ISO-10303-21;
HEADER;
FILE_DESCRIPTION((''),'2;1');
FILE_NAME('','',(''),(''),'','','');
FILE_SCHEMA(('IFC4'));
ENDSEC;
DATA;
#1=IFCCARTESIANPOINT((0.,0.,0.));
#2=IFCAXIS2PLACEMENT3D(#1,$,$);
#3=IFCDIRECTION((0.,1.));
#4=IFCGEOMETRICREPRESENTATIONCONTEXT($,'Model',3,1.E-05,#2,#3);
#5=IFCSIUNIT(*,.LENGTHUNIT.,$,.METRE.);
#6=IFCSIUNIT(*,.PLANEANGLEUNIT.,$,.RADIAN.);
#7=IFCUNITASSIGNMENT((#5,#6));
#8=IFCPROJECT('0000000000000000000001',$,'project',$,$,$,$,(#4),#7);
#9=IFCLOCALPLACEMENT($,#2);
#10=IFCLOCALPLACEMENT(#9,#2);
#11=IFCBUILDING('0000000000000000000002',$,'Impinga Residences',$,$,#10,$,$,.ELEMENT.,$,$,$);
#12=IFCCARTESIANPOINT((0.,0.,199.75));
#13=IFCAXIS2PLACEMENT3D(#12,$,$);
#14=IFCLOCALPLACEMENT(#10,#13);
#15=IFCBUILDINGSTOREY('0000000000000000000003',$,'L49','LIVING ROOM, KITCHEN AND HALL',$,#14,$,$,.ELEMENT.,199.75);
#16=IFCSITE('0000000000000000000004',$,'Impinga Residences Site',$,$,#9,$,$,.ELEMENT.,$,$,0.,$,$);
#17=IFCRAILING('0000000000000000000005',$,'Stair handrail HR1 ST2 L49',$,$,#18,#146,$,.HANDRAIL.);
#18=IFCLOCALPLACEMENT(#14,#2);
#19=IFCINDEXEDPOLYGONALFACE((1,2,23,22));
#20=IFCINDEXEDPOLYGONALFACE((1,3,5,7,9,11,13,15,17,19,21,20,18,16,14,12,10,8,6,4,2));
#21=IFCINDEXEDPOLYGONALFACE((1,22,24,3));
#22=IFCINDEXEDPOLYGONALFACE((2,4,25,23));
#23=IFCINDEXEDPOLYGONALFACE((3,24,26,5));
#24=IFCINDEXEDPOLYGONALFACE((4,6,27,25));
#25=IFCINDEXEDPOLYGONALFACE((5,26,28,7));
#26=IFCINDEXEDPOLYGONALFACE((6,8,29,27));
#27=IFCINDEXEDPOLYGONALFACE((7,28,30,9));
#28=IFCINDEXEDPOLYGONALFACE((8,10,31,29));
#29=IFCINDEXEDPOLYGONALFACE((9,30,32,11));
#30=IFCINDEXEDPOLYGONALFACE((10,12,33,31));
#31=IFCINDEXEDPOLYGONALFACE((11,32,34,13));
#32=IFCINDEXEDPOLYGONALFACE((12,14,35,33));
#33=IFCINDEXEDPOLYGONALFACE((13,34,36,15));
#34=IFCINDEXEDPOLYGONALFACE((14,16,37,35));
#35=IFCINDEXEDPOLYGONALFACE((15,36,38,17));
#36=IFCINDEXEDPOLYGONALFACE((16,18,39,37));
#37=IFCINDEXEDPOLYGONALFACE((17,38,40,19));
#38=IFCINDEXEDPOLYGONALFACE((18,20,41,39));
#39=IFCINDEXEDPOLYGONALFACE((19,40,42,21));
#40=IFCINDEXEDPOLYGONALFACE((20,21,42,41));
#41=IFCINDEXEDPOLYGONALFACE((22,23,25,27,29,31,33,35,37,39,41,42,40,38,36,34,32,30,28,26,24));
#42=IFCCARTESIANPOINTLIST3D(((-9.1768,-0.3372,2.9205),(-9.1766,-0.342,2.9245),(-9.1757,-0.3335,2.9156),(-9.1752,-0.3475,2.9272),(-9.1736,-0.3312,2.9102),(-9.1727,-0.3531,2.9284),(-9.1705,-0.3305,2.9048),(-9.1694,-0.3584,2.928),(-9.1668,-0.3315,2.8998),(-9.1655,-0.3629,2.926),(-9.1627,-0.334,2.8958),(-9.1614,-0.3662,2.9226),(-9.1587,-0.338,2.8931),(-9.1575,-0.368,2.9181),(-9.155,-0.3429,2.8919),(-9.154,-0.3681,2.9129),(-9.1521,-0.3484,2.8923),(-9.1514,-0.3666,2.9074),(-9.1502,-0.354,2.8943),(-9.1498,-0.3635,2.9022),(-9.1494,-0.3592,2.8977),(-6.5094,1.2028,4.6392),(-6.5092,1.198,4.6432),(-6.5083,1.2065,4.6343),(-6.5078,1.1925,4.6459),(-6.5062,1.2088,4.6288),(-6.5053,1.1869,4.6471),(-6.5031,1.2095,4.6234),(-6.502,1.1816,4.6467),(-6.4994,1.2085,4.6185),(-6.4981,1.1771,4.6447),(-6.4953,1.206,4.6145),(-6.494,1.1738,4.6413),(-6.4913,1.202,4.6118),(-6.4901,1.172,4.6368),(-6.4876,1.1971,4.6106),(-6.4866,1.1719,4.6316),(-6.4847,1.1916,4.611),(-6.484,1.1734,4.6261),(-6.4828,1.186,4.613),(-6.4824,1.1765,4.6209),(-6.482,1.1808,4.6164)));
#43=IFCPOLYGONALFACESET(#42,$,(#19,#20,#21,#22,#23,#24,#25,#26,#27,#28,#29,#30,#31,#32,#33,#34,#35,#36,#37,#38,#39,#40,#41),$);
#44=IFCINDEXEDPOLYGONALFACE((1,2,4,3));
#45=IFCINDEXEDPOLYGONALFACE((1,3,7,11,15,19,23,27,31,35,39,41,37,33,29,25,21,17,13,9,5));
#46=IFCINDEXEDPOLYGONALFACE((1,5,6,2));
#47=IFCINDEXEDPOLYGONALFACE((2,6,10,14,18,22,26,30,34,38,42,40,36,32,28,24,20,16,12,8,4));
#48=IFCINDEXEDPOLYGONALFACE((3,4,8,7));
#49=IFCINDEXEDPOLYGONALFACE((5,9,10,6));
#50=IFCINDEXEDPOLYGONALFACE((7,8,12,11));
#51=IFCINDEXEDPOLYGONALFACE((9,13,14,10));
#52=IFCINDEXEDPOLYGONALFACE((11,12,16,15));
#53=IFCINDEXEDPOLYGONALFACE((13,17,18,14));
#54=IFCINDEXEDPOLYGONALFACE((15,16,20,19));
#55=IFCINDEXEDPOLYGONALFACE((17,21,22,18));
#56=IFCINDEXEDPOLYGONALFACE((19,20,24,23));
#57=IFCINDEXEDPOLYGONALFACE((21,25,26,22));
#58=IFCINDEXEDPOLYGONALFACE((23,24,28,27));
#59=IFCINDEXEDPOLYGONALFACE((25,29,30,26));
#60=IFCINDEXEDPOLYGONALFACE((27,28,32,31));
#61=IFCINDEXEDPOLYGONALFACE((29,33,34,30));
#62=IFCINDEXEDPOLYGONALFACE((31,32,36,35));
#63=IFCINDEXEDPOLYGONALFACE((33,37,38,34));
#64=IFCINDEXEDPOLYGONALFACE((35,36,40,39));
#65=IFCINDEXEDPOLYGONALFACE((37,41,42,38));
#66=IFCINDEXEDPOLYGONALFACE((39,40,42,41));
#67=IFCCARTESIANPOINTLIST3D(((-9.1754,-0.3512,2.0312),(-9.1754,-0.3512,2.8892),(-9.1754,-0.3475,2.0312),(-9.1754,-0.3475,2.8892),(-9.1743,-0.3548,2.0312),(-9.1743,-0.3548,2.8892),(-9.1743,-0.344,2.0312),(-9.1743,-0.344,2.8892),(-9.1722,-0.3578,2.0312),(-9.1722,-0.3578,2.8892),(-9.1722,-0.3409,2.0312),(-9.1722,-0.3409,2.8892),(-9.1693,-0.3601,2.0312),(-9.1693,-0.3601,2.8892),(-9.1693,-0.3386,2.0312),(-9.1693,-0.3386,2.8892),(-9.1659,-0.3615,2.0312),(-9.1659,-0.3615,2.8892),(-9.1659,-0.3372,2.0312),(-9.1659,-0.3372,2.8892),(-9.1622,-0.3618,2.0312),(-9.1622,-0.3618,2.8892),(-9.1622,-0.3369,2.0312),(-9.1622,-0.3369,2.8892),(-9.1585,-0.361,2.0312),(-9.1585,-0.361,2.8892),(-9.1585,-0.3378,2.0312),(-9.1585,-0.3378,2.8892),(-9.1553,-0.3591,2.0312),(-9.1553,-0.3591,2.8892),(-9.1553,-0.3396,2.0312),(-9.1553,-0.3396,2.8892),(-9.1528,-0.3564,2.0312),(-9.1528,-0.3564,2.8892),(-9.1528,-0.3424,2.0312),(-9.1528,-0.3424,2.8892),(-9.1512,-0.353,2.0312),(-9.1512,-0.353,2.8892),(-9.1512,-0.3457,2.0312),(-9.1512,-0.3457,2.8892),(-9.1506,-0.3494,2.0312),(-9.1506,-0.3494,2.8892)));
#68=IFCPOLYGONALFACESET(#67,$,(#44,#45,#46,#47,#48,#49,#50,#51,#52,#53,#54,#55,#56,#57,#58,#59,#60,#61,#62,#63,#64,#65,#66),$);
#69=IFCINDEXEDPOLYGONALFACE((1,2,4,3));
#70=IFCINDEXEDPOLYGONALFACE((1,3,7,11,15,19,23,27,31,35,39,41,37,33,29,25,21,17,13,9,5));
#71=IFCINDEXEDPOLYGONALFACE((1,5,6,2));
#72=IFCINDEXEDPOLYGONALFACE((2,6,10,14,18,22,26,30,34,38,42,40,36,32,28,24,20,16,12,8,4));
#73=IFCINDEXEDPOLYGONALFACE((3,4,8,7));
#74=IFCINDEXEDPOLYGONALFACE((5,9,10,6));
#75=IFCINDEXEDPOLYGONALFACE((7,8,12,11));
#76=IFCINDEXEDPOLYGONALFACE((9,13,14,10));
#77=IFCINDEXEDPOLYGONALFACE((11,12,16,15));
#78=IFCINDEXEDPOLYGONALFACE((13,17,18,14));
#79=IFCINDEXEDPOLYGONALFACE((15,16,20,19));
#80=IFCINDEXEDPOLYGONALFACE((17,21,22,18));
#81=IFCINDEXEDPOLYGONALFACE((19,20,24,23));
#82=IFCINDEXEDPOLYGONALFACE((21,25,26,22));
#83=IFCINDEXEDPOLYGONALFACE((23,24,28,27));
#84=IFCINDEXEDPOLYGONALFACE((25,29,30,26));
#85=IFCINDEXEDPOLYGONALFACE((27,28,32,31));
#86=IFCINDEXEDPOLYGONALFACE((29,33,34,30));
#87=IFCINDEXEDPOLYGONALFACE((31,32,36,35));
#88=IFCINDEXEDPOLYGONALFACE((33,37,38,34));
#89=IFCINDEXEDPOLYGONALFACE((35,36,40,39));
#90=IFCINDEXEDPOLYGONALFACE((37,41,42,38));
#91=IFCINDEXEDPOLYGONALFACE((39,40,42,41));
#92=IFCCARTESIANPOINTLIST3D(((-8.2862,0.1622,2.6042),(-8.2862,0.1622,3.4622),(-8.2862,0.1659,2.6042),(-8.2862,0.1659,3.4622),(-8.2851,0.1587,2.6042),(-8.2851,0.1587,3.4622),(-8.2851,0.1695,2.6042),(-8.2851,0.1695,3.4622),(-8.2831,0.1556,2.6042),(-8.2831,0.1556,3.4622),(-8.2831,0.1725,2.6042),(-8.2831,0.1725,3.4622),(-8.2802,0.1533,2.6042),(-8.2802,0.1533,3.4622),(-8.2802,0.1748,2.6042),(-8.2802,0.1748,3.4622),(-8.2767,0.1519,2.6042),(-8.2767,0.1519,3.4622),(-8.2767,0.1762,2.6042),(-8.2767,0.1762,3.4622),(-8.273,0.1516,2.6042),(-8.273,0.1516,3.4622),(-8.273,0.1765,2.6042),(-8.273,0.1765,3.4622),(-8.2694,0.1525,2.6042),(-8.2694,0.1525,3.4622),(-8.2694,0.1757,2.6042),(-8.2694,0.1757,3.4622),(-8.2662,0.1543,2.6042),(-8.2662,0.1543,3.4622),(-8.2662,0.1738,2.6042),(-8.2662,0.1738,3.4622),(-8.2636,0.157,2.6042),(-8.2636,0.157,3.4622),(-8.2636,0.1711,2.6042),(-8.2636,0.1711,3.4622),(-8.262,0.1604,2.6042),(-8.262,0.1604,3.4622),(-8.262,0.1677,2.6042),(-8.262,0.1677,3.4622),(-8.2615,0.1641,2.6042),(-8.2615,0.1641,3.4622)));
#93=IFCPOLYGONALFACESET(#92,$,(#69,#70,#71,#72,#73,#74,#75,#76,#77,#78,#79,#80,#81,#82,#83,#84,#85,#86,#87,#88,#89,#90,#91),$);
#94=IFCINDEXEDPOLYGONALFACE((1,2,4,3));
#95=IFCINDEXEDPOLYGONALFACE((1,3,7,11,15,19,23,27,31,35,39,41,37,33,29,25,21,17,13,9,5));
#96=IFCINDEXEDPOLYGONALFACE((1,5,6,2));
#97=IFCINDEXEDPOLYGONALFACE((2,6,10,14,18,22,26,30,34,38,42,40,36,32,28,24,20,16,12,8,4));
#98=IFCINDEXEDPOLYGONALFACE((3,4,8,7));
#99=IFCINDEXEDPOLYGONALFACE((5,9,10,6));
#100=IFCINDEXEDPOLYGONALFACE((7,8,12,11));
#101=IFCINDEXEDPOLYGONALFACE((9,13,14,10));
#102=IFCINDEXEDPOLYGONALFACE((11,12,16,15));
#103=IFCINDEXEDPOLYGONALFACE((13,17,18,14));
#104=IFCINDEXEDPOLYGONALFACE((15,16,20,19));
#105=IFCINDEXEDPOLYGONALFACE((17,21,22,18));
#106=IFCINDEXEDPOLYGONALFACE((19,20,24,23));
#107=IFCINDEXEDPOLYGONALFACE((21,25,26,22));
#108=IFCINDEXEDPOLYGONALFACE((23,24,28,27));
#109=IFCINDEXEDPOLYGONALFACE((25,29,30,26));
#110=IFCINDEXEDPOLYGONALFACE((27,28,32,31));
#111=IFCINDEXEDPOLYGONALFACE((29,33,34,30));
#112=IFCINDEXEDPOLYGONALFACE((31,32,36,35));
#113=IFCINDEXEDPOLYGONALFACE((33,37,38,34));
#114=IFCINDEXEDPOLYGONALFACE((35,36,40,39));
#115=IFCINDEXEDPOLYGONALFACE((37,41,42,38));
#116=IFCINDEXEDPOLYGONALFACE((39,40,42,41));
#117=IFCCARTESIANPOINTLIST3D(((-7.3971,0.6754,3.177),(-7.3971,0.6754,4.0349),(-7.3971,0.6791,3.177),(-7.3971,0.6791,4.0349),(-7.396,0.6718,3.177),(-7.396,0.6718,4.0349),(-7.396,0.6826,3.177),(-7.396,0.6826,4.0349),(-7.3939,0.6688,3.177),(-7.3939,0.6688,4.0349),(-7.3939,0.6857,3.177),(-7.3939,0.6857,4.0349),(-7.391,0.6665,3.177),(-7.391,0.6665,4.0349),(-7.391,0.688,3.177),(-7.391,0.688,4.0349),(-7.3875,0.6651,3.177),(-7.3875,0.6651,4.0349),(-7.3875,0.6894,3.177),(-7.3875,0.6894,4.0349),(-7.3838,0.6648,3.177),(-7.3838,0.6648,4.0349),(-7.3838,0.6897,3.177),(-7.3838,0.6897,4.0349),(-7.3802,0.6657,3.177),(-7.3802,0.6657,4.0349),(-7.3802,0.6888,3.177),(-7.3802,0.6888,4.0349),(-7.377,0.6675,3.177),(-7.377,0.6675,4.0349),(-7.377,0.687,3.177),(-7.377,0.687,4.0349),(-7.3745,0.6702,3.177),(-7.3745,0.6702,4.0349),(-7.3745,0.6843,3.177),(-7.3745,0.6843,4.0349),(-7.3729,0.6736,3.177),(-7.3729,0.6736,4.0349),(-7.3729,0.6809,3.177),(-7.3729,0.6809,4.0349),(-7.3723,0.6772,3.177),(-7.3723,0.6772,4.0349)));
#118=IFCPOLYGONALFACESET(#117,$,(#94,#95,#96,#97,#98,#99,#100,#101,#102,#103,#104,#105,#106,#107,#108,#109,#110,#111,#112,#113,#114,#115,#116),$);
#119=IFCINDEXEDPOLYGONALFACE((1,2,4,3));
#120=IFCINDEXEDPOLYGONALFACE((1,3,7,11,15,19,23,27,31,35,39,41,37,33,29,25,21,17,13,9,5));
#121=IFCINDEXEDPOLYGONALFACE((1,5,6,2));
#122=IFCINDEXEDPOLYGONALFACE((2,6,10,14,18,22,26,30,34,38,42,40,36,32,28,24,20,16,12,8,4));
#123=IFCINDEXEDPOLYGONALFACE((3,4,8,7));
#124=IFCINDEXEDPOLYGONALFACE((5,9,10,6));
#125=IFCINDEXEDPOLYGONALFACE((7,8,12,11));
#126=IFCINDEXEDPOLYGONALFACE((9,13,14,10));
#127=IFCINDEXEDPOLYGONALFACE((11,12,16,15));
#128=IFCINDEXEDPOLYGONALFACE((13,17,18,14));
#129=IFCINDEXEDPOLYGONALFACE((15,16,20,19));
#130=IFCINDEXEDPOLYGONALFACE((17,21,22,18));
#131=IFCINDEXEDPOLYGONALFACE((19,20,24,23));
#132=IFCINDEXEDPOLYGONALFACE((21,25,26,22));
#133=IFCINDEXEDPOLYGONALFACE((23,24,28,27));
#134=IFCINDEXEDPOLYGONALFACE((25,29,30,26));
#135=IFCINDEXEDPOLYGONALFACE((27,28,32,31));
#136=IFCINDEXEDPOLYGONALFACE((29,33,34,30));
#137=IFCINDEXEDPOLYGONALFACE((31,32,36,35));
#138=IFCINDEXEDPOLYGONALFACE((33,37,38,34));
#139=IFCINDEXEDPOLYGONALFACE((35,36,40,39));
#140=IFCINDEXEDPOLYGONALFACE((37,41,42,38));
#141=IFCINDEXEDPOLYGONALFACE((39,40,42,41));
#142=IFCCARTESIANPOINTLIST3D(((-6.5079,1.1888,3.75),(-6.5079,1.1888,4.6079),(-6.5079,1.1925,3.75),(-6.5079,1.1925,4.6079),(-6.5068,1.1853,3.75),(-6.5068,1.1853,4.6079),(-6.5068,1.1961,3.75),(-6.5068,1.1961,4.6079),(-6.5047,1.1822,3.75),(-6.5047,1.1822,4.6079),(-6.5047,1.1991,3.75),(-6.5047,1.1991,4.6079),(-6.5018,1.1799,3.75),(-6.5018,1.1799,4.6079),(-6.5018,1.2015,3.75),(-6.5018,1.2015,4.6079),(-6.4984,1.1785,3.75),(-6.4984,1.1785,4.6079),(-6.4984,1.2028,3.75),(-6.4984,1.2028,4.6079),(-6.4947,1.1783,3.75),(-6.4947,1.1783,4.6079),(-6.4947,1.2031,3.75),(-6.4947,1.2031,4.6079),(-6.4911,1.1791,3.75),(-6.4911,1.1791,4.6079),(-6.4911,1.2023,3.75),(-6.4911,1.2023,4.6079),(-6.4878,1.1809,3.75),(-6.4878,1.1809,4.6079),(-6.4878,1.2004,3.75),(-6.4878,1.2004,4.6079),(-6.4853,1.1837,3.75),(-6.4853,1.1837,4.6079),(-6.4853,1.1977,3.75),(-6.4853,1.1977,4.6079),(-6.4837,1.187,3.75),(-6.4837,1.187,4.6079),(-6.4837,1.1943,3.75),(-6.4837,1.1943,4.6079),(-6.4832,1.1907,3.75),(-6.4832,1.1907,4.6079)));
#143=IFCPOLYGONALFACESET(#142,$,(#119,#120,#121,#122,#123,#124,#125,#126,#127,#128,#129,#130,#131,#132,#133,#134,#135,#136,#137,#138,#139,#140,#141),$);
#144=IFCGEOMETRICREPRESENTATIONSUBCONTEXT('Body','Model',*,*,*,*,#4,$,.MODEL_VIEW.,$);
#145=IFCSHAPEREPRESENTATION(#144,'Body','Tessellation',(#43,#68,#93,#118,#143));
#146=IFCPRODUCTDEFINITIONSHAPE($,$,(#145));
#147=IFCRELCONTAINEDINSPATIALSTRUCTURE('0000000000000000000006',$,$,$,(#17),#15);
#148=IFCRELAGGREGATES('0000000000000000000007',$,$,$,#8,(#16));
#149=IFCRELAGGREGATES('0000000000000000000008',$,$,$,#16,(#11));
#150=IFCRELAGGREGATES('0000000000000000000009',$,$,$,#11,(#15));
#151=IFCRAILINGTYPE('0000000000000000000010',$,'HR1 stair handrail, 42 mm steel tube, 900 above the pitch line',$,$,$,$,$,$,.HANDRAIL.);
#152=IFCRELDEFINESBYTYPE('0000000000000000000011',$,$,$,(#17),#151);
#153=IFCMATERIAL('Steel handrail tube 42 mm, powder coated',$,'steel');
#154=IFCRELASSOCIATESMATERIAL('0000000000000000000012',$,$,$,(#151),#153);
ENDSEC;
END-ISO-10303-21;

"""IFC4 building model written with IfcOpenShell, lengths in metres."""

from ifc_helpers import new_model, si_unit, direction, frame, origin, origin_2d, place, context, subcontext, project, spatial, circle, extrude, material, type_object, element, save


model = new_model("IFC4")

# Units and contexts
model_context = context("Model", 3, precision=1e-05, world=origin(), true_north=direction((0.0, 1.0)))
body_context = subcontext(model_context, "Body", "Model", "MODEL_VIEW")
ifc_project = project(units=[si_unit("LENGTHUNIT", "METRE"), si_unit("PLANEANGLEUNIT", "RADIAN")], contexts=[model_context])

# Site, building, storey
site_placement = place(None, origin())
site = spatial("IfcSite", under=ifc_project, at=site_placement, Name="Impinga Residences Site", CompositionType="ELEMENT", RefElevation=0.0)
building_placement = place(site_placement, origin())
building = spatial("IfcBuilding", under=site, at=building_placement, Name="Impinga Residences", CompositionType="ELEMENT")
storey_placement = place(building_placement, frame((0.0, 0.0, 199.75)))
storey = spatial("IfcBuildingStorey", under=building, at=storey_placement, Name="L49", Description="LIVING ROOM, KITCHEN AND HALL", CompositionType="ELEMENT", Elevation=199.75)

# Railing
ifc_material_1 = material(Name="Steel handrail tube 42 mm, powder coated", Category="steel")
railing_type_1 = type_object("IfcRailingType", Name="HR1 stair handrail, 42 mm steel tube, 900 above the pitch line", PredefinedType="HANDRAIL", material=ifc_material_1)
railing_1_placement = place(storey_placement, frame((-9.1631, -0.3494, 2.0312)))
element("IfcRailing", 1, at=railing_1_placement, inside=storey, type_object=railing_type_1, Name="Stair handrail HR1 ST2 L49", PredefinedType="HANDRAIL", context=body_context, shape_type="SweptSolid", body=[
    extrude(circle(Radius=0.021, at=origin_2d()), frame((0.0, 0.0, 0.8789), z_axis=(0.756256, 0.436616, 0.487282), x_axis=(-0.499992, 0.86603, 0.0)), (0.0, 0.0, 1.0), 3.5271),
    extrude(circle(Radius=0.0125, at=origin_2d()), origin(), (0.0, 0.0, 1.0), 0.8579),
    extrude(circle(Radius=0.0125, at=origin_2d()), frame((0.8892, 0.5134, 0.573)), (0.0, 0.0, 1.0), 0.8579),
    extrude(circle(Radius=0.0125, at=origin_2d()), frame((1.7783, 1.0266, 1.1458)), (0.0, 0.0, 1.0), 0.8579),
    extrude(circle(Radius=0.0125, at=origin_2d()), frame((2.6675, 1.54, 1.7188)), (0.0, 0.0, 1.0), 0.8579),
])

save(model, "model.ifc")
